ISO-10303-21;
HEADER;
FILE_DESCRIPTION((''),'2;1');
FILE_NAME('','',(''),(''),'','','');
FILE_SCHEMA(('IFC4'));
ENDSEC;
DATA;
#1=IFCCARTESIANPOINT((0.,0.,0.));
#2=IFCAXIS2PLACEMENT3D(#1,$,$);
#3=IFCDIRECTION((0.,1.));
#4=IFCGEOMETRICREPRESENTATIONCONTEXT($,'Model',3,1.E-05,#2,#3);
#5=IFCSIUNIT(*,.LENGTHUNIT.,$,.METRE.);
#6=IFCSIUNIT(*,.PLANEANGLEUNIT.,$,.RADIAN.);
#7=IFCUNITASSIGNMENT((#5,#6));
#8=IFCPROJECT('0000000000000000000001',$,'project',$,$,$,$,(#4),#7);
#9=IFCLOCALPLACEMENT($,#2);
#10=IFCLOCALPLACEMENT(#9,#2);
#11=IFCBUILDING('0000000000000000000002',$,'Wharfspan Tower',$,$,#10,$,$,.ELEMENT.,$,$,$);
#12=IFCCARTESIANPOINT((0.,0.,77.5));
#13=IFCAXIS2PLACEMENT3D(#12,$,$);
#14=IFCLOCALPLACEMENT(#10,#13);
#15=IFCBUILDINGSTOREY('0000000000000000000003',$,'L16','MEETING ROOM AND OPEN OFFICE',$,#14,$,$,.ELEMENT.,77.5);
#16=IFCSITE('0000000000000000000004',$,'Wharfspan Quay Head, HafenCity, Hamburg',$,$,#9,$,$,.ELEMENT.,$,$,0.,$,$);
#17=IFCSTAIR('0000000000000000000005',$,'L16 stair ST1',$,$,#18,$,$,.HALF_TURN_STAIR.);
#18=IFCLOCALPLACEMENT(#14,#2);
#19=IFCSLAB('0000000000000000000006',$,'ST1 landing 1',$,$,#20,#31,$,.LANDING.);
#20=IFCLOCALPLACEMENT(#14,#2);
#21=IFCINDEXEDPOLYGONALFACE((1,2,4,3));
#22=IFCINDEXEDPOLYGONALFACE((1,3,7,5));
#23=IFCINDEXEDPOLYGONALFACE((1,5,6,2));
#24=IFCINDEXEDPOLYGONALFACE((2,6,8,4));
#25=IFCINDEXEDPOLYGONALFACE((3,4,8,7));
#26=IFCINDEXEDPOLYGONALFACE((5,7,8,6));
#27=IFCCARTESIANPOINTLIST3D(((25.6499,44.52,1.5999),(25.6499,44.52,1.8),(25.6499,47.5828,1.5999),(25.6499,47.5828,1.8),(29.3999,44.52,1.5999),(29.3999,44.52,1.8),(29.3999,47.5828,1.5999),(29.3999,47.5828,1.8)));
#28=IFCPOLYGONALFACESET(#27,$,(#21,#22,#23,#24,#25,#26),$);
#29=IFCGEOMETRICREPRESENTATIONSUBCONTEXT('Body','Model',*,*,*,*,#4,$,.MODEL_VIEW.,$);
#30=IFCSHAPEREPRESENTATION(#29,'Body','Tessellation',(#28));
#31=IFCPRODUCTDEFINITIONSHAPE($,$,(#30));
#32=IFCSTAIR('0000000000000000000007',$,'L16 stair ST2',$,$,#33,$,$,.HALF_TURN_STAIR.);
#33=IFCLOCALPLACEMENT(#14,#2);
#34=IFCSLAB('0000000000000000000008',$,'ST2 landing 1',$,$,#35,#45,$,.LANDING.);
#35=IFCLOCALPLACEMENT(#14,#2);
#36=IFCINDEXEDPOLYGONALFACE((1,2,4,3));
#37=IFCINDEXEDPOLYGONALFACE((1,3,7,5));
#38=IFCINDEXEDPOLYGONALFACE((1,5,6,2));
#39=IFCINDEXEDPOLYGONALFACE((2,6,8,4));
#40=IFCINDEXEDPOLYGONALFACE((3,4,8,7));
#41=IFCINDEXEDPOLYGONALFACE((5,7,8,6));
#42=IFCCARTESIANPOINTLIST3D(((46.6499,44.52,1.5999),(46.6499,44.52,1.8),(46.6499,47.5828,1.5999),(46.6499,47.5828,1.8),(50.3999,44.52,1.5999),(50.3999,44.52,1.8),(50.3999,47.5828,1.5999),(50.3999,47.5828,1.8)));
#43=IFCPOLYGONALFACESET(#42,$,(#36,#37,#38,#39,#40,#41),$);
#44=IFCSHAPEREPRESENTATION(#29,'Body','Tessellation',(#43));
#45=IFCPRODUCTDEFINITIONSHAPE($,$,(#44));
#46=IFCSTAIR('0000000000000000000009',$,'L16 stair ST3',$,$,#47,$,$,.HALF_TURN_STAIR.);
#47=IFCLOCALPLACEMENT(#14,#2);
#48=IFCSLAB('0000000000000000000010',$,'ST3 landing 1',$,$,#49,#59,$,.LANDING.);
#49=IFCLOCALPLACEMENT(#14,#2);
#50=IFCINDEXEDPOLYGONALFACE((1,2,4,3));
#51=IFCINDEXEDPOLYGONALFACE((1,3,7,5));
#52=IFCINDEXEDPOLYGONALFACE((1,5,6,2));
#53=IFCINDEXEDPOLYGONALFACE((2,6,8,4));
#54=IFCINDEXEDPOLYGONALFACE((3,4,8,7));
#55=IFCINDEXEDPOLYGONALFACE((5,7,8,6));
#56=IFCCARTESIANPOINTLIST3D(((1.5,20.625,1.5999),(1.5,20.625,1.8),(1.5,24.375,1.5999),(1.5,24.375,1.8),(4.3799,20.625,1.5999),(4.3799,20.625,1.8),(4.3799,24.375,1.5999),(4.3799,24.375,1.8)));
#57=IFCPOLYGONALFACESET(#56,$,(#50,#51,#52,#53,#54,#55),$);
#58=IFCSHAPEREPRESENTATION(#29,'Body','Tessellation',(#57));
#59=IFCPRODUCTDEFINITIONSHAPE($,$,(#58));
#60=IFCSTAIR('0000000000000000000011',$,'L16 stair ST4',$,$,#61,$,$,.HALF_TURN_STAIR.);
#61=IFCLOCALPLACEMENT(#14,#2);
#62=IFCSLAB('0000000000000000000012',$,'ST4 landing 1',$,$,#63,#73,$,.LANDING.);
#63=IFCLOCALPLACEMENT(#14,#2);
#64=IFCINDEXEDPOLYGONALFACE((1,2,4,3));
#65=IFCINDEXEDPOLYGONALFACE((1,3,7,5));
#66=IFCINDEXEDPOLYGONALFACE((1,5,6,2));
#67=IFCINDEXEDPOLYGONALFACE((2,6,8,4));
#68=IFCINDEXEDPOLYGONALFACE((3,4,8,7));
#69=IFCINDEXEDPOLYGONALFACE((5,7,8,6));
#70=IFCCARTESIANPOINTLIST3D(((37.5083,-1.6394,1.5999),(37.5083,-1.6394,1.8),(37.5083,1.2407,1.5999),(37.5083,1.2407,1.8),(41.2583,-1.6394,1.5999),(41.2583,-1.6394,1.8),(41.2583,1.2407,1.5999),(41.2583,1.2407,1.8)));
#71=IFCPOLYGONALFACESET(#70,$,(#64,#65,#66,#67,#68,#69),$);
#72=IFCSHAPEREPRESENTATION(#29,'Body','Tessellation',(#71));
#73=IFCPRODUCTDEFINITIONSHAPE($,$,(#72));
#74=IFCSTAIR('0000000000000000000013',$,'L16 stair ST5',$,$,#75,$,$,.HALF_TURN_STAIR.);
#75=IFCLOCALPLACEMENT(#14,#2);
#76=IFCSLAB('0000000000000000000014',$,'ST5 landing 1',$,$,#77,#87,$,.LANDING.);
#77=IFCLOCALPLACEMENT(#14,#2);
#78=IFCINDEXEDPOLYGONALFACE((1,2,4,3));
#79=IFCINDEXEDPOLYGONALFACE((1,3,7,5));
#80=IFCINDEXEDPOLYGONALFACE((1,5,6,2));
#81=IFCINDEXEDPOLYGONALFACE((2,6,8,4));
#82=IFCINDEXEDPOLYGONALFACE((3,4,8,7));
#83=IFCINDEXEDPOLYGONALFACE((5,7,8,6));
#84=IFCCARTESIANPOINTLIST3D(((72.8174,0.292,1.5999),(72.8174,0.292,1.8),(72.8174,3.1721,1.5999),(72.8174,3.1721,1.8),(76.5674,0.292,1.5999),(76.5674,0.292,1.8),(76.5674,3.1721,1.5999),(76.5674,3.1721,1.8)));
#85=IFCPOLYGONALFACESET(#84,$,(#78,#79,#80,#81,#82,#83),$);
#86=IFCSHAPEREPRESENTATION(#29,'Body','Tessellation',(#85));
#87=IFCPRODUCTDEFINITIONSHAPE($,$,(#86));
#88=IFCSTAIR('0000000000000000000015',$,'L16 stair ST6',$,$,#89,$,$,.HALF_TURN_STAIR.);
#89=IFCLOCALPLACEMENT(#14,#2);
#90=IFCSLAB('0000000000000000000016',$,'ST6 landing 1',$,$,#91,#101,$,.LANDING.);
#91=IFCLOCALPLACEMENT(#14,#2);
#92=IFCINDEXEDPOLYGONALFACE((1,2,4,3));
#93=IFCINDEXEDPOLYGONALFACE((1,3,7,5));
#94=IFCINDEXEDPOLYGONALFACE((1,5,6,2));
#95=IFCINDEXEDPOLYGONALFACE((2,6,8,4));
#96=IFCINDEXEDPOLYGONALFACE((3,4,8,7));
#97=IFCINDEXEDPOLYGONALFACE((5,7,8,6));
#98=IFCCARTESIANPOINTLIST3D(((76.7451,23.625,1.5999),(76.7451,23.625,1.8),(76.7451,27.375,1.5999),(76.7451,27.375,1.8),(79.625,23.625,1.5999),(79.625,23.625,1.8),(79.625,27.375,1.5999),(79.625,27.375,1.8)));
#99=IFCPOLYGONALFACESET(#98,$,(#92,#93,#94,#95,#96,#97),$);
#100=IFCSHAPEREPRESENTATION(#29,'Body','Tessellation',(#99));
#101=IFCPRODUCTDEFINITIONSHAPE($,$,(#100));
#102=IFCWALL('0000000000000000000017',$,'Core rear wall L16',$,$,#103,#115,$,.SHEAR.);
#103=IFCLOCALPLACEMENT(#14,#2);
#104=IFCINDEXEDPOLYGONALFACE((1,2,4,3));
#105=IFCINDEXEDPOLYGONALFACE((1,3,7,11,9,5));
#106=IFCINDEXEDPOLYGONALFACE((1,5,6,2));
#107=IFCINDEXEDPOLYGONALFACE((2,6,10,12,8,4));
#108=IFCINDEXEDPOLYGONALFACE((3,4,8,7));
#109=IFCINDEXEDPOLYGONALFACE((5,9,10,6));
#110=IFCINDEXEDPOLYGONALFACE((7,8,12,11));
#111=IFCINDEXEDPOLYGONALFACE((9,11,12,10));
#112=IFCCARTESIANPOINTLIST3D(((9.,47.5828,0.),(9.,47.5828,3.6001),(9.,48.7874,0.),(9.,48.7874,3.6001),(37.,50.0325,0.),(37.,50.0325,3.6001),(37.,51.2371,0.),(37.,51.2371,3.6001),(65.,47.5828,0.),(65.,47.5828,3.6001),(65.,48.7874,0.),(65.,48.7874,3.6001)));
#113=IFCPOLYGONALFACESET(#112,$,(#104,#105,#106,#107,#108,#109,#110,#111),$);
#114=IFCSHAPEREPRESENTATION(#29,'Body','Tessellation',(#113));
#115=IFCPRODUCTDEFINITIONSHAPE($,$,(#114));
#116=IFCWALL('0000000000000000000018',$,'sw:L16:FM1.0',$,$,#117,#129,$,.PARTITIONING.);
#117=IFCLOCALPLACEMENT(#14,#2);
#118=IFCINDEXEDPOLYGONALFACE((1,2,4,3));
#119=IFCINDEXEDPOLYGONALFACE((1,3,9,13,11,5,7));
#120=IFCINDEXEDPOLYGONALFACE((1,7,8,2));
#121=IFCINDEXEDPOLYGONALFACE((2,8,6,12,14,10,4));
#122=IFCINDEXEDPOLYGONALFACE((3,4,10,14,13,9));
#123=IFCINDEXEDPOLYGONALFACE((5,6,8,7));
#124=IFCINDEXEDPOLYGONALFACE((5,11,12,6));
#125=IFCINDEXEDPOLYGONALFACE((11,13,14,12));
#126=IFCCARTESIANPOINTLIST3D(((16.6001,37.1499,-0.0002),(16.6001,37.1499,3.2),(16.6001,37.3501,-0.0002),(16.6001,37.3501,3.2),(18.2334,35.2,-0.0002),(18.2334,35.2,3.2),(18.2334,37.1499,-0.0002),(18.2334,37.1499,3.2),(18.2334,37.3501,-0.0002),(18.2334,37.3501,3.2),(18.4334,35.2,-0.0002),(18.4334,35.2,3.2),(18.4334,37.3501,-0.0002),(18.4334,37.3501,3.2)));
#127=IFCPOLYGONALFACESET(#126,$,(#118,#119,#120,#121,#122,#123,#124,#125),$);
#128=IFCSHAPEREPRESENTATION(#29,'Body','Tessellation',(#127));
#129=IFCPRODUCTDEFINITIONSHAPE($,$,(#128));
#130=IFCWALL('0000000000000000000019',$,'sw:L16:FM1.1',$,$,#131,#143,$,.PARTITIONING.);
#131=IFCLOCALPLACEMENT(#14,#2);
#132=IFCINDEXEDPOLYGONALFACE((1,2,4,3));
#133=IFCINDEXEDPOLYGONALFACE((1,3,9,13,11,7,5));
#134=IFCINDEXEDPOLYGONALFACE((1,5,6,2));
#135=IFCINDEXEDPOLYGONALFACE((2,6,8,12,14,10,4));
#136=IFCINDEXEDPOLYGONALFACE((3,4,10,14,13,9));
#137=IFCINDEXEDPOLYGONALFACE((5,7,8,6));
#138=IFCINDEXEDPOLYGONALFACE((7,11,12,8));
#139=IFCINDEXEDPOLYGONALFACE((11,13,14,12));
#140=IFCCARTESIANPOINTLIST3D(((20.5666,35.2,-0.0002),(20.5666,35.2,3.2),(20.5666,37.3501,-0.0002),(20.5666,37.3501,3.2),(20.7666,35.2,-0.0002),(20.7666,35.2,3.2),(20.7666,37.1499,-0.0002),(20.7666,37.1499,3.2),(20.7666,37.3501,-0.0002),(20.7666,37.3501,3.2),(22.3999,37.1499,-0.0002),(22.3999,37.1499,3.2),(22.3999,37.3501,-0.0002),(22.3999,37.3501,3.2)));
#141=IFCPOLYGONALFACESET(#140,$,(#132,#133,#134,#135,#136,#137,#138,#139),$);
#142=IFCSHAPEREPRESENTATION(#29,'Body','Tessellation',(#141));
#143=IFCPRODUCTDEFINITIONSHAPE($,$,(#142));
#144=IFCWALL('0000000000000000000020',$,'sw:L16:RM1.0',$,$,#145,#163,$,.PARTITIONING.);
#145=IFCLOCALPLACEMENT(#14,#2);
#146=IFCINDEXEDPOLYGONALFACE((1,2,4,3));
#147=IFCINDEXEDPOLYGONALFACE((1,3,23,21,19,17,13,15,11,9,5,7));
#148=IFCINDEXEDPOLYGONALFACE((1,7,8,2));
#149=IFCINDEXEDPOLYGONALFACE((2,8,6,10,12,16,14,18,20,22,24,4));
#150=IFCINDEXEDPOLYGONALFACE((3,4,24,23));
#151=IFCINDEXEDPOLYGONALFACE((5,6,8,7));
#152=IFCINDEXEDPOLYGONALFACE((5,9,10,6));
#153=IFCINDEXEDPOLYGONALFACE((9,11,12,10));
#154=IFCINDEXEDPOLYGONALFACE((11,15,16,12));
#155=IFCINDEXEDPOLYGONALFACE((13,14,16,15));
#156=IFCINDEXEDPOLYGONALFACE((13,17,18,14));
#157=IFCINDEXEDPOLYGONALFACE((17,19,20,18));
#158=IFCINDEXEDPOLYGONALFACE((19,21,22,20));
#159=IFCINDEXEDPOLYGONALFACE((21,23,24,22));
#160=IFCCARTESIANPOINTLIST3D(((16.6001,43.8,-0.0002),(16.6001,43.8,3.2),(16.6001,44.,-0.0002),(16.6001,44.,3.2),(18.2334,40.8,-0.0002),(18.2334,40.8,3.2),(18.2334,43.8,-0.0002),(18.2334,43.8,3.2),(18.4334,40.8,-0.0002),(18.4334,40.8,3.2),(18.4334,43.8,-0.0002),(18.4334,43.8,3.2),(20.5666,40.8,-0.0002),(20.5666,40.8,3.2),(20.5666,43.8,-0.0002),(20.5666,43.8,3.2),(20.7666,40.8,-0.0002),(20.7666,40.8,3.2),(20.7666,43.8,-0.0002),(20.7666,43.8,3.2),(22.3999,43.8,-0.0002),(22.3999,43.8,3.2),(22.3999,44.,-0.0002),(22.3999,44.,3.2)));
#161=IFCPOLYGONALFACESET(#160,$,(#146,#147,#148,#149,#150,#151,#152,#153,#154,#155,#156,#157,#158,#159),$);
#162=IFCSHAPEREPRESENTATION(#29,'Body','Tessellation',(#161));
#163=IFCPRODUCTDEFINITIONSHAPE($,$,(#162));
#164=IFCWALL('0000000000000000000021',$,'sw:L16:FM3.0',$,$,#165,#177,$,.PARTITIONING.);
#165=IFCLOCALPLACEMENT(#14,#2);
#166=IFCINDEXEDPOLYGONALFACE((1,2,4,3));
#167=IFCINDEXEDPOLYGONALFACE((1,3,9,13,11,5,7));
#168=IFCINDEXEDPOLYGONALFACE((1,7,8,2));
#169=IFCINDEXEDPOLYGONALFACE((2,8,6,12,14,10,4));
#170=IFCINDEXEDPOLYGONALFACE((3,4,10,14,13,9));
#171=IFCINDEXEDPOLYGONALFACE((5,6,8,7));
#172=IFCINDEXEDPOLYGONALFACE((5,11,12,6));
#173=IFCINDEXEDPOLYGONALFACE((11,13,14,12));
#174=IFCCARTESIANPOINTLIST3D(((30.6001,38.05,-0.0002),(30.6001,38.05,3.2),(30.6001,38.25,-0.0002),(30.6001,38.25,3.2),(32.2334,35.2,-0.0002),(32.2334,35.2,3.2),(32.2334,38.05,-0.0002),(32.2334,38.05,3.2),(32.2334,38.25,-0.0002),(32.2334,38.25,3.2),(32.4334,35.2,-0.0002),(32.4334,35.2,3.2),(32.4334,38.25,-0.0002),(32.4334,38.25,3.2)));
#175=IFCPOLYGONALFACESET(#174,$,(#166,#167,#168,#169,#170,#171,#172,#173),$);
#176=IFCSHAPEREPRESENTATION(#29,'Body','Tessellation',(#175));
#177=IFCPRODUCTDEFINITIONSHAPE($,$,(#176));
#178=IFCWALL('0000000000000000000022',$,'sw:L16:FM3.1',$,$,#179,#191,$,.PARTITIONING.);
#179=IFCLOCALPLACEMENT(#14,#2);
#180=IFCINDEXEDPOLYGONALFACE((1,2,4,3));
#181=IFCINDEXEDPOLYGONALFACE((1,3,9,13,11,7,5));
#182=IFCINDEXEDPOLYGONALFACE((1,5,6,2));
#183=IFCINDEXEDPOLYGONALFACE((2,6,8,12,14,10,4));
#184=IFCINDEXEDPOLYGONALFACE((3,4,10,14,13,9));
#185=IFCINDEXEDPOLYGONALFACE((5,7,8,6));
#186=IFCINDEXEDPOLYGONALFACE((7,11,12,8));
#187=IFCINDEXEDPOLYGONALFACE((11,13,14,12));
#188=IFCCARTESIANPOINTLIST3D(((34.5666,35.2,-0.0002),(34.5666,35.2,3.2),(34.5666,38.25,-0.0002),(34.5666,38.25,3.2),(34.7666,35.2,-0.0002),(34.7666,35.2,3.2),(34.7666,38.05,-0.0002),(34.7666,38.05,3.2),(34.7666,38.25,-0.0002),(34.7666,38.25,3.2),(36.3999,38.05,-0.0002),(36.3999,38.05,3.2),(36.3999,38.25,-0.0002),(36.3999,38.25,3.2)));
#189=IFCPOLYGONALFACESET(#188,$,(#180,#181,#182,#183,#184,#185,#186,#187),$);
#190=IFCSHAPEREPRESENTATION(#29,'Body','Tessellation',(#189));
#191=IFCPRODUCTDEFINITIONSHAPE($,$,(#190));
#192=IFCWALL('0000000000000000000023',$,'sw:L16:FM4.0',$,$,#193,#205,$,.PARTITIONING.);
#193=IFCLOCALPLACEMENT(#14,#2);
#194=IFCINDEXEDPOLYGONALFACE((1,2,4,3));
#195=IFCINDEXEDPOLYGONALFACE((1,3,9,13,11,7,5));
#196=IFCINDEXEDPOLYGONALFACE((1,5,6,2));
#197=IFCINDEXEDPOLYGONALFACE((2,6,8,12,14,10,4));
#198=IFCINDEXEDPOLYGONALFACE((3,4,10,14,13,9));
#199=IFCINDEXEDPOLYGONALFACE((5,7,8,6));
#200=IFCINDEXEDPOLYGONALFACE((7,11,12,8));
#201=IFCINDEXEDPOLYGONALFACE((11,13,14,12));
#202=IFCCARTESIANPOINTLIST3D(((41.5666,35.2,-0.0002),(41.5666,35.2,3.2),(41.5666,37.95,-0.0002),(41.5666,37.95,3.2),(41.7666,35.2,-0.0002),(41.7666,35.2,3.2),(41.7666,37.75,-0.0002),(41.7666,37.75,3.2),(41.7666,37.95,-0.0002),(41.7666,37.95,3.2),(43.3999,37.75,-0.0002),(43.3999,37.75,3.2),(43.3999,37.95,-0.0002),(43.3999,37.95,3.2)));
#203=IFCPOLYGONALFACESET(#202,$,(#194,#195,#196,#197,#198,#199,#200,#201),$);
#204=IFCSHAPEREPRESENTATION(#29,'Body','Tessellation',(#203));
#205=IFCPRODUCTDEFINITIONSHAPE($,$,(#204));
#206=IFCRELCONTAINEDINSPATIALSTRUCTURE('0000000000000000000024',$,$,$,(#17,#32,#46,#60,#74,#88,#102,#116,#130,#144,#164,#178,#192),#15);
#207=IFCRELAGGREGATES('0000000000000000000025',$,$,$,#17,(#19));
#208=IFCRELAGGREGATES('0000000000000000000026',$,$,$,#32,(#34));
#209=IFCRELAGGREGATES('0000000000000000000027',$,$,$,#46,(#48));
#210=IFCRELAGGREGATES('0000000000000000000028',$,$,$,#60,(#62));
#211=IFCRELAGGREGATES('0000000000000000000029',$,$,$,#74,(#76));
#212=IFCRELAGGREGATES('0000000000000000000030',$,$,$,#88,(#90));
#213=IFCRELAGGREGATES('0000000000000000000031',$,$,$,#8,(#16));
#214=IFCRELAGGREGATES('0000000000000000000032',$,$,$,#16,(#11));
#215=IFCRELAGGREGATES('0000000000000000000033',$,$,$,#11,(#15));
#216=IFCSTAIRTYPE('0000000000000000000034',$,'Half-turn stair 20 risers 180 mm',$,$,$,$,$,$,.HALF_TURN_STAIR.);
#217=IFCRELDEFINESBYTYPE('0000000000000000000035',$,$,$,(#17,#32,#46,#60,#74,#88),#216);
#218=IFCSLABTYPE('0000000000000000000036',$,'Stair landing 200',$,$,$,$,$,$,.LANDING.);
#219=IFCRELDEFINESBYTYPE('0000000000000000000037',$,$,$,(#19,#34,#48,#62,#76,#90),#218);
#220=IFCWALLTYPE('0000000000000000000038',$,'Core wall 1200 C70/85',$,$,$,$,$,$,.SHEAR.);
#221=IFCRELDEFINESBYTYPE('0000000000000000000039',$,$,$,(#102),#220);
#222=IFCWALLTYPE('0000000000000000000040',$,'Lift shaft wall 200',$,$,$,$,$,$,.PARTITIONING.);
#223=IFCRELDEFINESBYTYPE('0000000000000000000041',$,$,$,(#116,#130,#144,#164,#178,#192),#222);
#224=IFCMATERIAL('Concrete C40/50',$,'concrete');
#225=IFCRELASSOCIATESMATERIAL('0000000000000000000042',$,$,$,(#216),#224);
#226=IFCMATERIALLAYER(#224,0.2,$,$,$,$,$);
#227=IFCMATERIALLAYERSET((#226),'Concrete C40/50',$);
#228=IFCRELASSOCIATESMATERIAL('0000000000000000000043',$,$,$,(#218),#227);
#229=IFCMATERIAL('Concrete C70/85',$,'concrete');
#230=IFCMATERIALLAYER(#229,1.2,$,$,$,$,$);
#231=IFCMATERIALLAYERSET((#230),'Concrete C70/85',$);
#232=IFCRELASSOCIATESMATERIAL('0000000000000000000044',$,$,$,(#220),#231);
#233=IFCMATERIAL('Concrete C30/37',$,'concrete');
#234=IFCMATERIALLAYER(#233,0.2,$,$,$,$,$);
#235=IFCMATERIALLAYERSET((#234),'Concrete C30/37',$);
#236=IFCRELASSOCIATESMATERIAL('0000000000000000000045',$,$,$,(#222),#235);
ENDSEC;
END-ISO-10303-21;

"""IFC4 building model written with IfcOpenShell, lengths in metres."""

from ifc_helpers import new_model, si_unit, direction, frame, origin, place, context, subcontext, project, spatial, polyline, outline, extrude, material, layer, layer_set, type_object, element, aggregate, save


model = new_model("IFC4")

# Units and contexts
model_context = context("Model", 3, precision=1e-05, world=origin(), true_north=direction((0.0, 1.0)))
body_context = subcontext(model_context, "Body", "Model", "MODEL_VIEW")
ifc_project = project(units=[si_unit("LENGTHUNIT", "METRE"), si_unit("PLANEANGLEUNIT", "RADIAN")], contexts=[model_context])

# Site, building, storey
site_placement = place(None, origin())
site = spatial("IfcSite", under=ifc_project, at=site_placement, Name="Wharfspan Quay Head, HafenCity, Hamburg", CompositionType="ELEMENT", RefElevation=0.0)
building_placement = place(site_placement, origin())
building = spatial("IfcBuilding", under=site, at=building_placement, Name="Wharfspan Tower", CompositionType="ELEMENT")
storey_placement = place(building_placement, frame((0.0, 0.0, 77.5)))
storey = spatial("IfcBuildingStorey", under=building, at=storey_placement, Name="L16", Description="MEETING ROOM AND OPEN OFFICE", CompositionType="ELEMENT", Elevation=77.5)

# Shared definitions
ifc_material_1 = material(Name="Concrete C40/50", Category="concrete")

# Stairs, slabs
stair_type = type_object("IfcStairType", Name="Half-turn stair 20 risers 180 mm", PredefinedType="HALF_TURN_STAIR", material=ifc_material_1)
stair_1_placement = place(storey_placement, origin())
stair_1 = element("IfcStair", 1, at=stair_1_placement, inside=storey, type_object=stair_type, Name="L16 stair ST1", PredefinedType="HALF_TURN_STAIR")
ifc_layer_1 = layer(ifc_material_1, 0.2)
ifc_layer_set_1 = layer_set([ifc_layer_1], Name="Concrete C40/50")
slab_type_1 = type_object("IfcSlabType", Name="Stair landing 200", PredefinedType="LANDING", material=ifc_layer_set_1)
slab_1_placement = place(storey_placement, frame((0.0, 0.0, 1.5999)))
slab_1 = element("IfcSlab", 2, at=slab_1_placement, type_object=slab_type_1, Name="ST1 landing 1", PredefinedType="LANDING", context=body_context, shape_type="SweptSolid", body=[
    extrude(outline(polyline([(25.6499, 44.52), (29.3999, 44.52), (29.3999, 47.5828), (25.6499, 47.5828), (25.6499, 44.52)])), origin(), (0.0, 0.0, 1.0), 0.2002),
])
aggregate(stair_1, [slab_1])
stair_2_placement = place(storey_placement, origin())
stair_2 = element("IfcStair", 3, at=stair_2_placement, inside=storey, type_object=stair_type, Name="L16 stair ST2", PredefinedType="HALF_TURN_STAIR")
slab_2_placement = place(storey_placement, frame((0.0, 0.0, 1.5999)))
slab_2 = element("IfcSlab", 4, at=slab_2_placement, type_object=slab_type_1, Name="ST2 landing 1", PredefinedType="LANDING", context=body_context, shape_type="SweptSolid", body=[
    extrude(outline(polyline([(46.6499, 44.52), (50.3999, 44.52), (50.3999, 47.5828), (46.6499, 47.5828), (46.6499, 44.52)])), origin(), (0.0, 0.0, 1.0), 0.2002),
])
aggregate(stair_2, [slab_2])
stair_3_placement = place(storey_placement, origin())
stair_3 = element("IfcStair", 5, at=stair_3_placement, inside=storey, type_object=stair_type, Name="L16 stair ST3", PredefinedType="HALF_TURN_STAIR")
slab_3_placement = place(storey_placement, frame((0.0, 0.0, 1.5999)))
slab_3 = element("IfcSlab", 6, at=slab_3_placement, type_object=slab_type_1, Name="ST3 landing 1", PredefinedType="LANDING", context=body_context, shape_type="SweptSolid", body=[
    extrude(outline(polyline([(4.3799, 24.375), (1.5, 24.375), (1.5, 20.625), (4.3799, 20.625), (4.3799, 24.375)])), origin(), (0.0, 0.0, 1.0), 0.2002),
])
aggregate(stair_3, [slab_3])
stair_4_placement = place(storey_placement, origin())
stair_4 = element("IfcStair", 7, at=stair_4_placement, inside=storey, type_object=stair_type, Name="L16 stair ST4", PredefinedType="HALF_TURN_STAIR")
slab_4_placement = place(storey_placement, frame((0.0, 0.0, 1.5999)))
slab_4 = element("IfcSlab", 8, at=slab_4_placement, type_object=slab_type_1, Name="ST4 landing 1", PredefinedType="LANDING", context=body_context, shape_type="SweptSolid", body=[
    extrude(outline(polyline([(37.5083, 1.2407), (37.5083, -1.6394), (41.2583, -1.6394), (41.2583, 1.2407), (37.5083, 1.2407)])), origin(), (0.0, 0.0, 1.0), 0.2002),
])
aggregate(stair_4, [slab_4])
stair_5_placement = place(storey_placement, origin())
stair_5 = element("IfcStair", 9, at=stair_5_placement, inside=storey, type_object=stair_type, Name="L16 stair ST5", PredefinedType="HALF_TURN_STAIR")
slab_5_placement = place(storey_placement, frame((0.0, 0.0, 1.5999)))
slab_5 = element("IfcSlab", 10, at=slab_5_placement, type_object=slab_type_1, Name="ST5 landing 1", PredefinedType="LANDING", context=body_context, shape_type="SweptSolid", body=[
    extrude(outline(polyline([(72.8174, 3.1721), (72.8174, 0.292), (76.5674, 0.292), (76.5674, 3.1721), (72.8174, 3.1721)])), origin(), (0.0, 0.0, 1.0), 0.2002),
])
aggregate(stair_5, [slab_5])
stair_6_placement = place(storey_placement, origin())
stair_6 = element("IfcStair", 11, at=stair_6_placement, inside=storey, type_object=stair_type, Name="L16 stair ST6", PredefinedType="HALF_TURN_STAIR")
slab_6_placement = place(storey_placement, frame((0.0, 0.0, 1.5999)))
slab_6 = element("IfcSlab", 12, at=slab_6_placement, type_object=slab_type_1, Name="ST6 landing 1", PredefinedType="LANDING", context=body_context, shape_type="SweptSolid", body=[
    extrude(outline(polyline([(76.7451, 23.625), (79.625, 23.625), (79.625, 27.375), (76.7451, 27.375), (76.7451, 23.625)])), origin(), (0.0, 0.0, 1.0), 0.2002),
])
aggregate(stair_6, [slab_6])

# Walls
ifc_material_2 = material(Name="Concrete C70/85", Category="concrete")
ifc_layer_2 = layer(ifc_material_2, 1.2)
ifc_layer_set_2 = layer_set([ifc_layer_2], Name="Concrete C70/85")
wall_type_1 = type_object("IfcWallType", Name="Core wall 1200 C70/85", PredefinedType="SHEAR", material=ifc_layer_set_2)
wall_1_placement = place(storey_placement, origin())
element("IfcWall", 13, at=wall_1_placement, inside=storey, type_object=wall_type_1, Name="Core rear wall L16", PredefinedType="SHEAR", context=body_context, shape_type="SweptSolid", body=[
    extrude(outline(polyline([(9.0, 47.5828), (37.0, 50.0325), (65.0, 47.5828), (65.0, 48.7874), (37.0, 51.2371), (9.0, 48.7874), (9.0, 47.5828)])), origin(), (0.0, 0.0, 1.0), 3.6001),
])
ifc_material_3 = material(Name="Concrete C30/37", Category="concrete")
ifc_layer_3 = layer(ifc_material_3, 0.2)
ifc_layer_set_3 = layer_set([ifc_layer_3], Name="Concrete C30/37")
wall_type_2 = type_object("IfcWallType", Name="Lift shaft wall 200", PredefinedType="PARTITIONING", material=ifc_layer_set_3)
wall_2_placement = place(storey_placement, frame((0.0, 0.0, -0.0002)))
element("IfcWall", 14, at=wall_2_placement, inside=storey, type_object=wall_type_2, Name="sw:L16:FM1.0", PredefinedType="PARTITIONING", context=body_context, shape_type="SweptSolid", body=[
    extrude(outline(polyline([(18.2334, 37.1499), (16.6001, 37.1499), (16.6001, 37.3501), (18.2334, 37.3501), (18.4334, 37.3501), (18.4334, 35.2), (18.2334, 35.2), (18.2334, 37.1499)])), origin(), (0.0, 0.0, 1.0), 3.2002),
])
wall_3_placement = place(storey_placement, frame((0.0, 0.0, -0.0002)))
element("IfcWall", 15, at=wall_3_placement, inside=storey, type_object=wall_type_2, Name="sw:L16:FM1.1", PredefinedType="PARTITIONING", context=body_context, shape_type="SweptSolid", body=[
    extrude(outline(polyline([(20.5666, 37.3501), (20.7666, 37.3501), (22.3999, 37.3501), (22.3999, 37.1499), (20.7666, 37.1499), (20.7666, 35.2), (20.5666, 35.2), (20.5666, 37.3501)])), origin(), (0.0, 0.0, 1.0), 3.2002),
])
wall_4_placement = place(storey_placement, frame((0.0, 0.0, -0.0002)))
element("IfcWall", 16, at=wall_4_placement, inside=storey, type_object=wall_type_2, Name="sw:L16:RM1.0", PredefinedType="PARTITIONING", context=body_context, shape_type="SweptSolid", body=[
    extrude(outline(polyline([(18.4334, 40.8), (18.2334, 40.8), (18.2334, 43.8), (16.6001, 43.8), (16.6001, 44.0), (22.3999, 44.0), (22.3999, 43.8), (20.7666, 43.8), (20.7666, 40.8), (20.5666, 40.8), (20.5666, 43.8), (18.4334, 43.8), (18.4334, 40.8)])), origin(), (0.0, 0.0, 1.0), 3.2002),
])
wall_5_placement = place(storey_placement, frame((0.0, 0.0, -0.0002)))
element("IfcWall", 17, at=wall_5_placement, inside=storey, type_object=wall_type_2, Name="sw:L16:FM3.0", PredefinedType="PARTITIONING", context=body_context, shape_type="SweptSolid", body=[
    extrude(outline(polyline([(32.2334, 38.05), (30.6001, 38.05), (30.6001, 38.25), (32.2334, 38.25), (32.4333, 38.25), (32.4333, 35.2), (32.2334, 35.2), (32.2334, 38.05)])), origin(), (0.0, 0.0, 1.0), 3.2002),
])
wall_6_placement = place(storey_placement, frame((0.0, 0.0, -0.0002)))
element("IfcWall", 18, at=wall_6_placement, inside=storey, type_object=wall_type_2, Name="sw:L16:FM3.1", PredefinedType="PARTITIONING", context=body_context, shape_type="SweptSolid", body=[
    extrude(outline(polyline([(34.5667, 38.25), (34.7666, 38.25), (36.3999, 38.25), (36.3999, 38.05), (34.7666, 38.05), (34.7666, 35.2), (34.5667, 35.2), (34.5667, 38.25)])), origin(), (0.0, 0.0, 1.0), 3.2002),
])
wall_7_placement = place(storey_placement, frame((0.0, 0.0, -0.0002)))
element("IfcWall", 19, at=wall_7_placement, inside=storey, type_object=wall_type_2, Name="sw:L16:FM4.0", PredefinedType="PARTITIONING", context=body_context, shape_type="SweptSolid", body=[
    extrude(outline(polyline([(41.5667, 37.95), (41.7666, 37.95), (43.3999, 37.95), (43.3999, 37.75), (41.7666, 37.75), (41.7666, 35.2), (41.5667, 35.2), (41.5667, 37.95)])), origin(), (0.0, 0.0, 1.0), 3.2002),
])

save(model, "model.ifc")
